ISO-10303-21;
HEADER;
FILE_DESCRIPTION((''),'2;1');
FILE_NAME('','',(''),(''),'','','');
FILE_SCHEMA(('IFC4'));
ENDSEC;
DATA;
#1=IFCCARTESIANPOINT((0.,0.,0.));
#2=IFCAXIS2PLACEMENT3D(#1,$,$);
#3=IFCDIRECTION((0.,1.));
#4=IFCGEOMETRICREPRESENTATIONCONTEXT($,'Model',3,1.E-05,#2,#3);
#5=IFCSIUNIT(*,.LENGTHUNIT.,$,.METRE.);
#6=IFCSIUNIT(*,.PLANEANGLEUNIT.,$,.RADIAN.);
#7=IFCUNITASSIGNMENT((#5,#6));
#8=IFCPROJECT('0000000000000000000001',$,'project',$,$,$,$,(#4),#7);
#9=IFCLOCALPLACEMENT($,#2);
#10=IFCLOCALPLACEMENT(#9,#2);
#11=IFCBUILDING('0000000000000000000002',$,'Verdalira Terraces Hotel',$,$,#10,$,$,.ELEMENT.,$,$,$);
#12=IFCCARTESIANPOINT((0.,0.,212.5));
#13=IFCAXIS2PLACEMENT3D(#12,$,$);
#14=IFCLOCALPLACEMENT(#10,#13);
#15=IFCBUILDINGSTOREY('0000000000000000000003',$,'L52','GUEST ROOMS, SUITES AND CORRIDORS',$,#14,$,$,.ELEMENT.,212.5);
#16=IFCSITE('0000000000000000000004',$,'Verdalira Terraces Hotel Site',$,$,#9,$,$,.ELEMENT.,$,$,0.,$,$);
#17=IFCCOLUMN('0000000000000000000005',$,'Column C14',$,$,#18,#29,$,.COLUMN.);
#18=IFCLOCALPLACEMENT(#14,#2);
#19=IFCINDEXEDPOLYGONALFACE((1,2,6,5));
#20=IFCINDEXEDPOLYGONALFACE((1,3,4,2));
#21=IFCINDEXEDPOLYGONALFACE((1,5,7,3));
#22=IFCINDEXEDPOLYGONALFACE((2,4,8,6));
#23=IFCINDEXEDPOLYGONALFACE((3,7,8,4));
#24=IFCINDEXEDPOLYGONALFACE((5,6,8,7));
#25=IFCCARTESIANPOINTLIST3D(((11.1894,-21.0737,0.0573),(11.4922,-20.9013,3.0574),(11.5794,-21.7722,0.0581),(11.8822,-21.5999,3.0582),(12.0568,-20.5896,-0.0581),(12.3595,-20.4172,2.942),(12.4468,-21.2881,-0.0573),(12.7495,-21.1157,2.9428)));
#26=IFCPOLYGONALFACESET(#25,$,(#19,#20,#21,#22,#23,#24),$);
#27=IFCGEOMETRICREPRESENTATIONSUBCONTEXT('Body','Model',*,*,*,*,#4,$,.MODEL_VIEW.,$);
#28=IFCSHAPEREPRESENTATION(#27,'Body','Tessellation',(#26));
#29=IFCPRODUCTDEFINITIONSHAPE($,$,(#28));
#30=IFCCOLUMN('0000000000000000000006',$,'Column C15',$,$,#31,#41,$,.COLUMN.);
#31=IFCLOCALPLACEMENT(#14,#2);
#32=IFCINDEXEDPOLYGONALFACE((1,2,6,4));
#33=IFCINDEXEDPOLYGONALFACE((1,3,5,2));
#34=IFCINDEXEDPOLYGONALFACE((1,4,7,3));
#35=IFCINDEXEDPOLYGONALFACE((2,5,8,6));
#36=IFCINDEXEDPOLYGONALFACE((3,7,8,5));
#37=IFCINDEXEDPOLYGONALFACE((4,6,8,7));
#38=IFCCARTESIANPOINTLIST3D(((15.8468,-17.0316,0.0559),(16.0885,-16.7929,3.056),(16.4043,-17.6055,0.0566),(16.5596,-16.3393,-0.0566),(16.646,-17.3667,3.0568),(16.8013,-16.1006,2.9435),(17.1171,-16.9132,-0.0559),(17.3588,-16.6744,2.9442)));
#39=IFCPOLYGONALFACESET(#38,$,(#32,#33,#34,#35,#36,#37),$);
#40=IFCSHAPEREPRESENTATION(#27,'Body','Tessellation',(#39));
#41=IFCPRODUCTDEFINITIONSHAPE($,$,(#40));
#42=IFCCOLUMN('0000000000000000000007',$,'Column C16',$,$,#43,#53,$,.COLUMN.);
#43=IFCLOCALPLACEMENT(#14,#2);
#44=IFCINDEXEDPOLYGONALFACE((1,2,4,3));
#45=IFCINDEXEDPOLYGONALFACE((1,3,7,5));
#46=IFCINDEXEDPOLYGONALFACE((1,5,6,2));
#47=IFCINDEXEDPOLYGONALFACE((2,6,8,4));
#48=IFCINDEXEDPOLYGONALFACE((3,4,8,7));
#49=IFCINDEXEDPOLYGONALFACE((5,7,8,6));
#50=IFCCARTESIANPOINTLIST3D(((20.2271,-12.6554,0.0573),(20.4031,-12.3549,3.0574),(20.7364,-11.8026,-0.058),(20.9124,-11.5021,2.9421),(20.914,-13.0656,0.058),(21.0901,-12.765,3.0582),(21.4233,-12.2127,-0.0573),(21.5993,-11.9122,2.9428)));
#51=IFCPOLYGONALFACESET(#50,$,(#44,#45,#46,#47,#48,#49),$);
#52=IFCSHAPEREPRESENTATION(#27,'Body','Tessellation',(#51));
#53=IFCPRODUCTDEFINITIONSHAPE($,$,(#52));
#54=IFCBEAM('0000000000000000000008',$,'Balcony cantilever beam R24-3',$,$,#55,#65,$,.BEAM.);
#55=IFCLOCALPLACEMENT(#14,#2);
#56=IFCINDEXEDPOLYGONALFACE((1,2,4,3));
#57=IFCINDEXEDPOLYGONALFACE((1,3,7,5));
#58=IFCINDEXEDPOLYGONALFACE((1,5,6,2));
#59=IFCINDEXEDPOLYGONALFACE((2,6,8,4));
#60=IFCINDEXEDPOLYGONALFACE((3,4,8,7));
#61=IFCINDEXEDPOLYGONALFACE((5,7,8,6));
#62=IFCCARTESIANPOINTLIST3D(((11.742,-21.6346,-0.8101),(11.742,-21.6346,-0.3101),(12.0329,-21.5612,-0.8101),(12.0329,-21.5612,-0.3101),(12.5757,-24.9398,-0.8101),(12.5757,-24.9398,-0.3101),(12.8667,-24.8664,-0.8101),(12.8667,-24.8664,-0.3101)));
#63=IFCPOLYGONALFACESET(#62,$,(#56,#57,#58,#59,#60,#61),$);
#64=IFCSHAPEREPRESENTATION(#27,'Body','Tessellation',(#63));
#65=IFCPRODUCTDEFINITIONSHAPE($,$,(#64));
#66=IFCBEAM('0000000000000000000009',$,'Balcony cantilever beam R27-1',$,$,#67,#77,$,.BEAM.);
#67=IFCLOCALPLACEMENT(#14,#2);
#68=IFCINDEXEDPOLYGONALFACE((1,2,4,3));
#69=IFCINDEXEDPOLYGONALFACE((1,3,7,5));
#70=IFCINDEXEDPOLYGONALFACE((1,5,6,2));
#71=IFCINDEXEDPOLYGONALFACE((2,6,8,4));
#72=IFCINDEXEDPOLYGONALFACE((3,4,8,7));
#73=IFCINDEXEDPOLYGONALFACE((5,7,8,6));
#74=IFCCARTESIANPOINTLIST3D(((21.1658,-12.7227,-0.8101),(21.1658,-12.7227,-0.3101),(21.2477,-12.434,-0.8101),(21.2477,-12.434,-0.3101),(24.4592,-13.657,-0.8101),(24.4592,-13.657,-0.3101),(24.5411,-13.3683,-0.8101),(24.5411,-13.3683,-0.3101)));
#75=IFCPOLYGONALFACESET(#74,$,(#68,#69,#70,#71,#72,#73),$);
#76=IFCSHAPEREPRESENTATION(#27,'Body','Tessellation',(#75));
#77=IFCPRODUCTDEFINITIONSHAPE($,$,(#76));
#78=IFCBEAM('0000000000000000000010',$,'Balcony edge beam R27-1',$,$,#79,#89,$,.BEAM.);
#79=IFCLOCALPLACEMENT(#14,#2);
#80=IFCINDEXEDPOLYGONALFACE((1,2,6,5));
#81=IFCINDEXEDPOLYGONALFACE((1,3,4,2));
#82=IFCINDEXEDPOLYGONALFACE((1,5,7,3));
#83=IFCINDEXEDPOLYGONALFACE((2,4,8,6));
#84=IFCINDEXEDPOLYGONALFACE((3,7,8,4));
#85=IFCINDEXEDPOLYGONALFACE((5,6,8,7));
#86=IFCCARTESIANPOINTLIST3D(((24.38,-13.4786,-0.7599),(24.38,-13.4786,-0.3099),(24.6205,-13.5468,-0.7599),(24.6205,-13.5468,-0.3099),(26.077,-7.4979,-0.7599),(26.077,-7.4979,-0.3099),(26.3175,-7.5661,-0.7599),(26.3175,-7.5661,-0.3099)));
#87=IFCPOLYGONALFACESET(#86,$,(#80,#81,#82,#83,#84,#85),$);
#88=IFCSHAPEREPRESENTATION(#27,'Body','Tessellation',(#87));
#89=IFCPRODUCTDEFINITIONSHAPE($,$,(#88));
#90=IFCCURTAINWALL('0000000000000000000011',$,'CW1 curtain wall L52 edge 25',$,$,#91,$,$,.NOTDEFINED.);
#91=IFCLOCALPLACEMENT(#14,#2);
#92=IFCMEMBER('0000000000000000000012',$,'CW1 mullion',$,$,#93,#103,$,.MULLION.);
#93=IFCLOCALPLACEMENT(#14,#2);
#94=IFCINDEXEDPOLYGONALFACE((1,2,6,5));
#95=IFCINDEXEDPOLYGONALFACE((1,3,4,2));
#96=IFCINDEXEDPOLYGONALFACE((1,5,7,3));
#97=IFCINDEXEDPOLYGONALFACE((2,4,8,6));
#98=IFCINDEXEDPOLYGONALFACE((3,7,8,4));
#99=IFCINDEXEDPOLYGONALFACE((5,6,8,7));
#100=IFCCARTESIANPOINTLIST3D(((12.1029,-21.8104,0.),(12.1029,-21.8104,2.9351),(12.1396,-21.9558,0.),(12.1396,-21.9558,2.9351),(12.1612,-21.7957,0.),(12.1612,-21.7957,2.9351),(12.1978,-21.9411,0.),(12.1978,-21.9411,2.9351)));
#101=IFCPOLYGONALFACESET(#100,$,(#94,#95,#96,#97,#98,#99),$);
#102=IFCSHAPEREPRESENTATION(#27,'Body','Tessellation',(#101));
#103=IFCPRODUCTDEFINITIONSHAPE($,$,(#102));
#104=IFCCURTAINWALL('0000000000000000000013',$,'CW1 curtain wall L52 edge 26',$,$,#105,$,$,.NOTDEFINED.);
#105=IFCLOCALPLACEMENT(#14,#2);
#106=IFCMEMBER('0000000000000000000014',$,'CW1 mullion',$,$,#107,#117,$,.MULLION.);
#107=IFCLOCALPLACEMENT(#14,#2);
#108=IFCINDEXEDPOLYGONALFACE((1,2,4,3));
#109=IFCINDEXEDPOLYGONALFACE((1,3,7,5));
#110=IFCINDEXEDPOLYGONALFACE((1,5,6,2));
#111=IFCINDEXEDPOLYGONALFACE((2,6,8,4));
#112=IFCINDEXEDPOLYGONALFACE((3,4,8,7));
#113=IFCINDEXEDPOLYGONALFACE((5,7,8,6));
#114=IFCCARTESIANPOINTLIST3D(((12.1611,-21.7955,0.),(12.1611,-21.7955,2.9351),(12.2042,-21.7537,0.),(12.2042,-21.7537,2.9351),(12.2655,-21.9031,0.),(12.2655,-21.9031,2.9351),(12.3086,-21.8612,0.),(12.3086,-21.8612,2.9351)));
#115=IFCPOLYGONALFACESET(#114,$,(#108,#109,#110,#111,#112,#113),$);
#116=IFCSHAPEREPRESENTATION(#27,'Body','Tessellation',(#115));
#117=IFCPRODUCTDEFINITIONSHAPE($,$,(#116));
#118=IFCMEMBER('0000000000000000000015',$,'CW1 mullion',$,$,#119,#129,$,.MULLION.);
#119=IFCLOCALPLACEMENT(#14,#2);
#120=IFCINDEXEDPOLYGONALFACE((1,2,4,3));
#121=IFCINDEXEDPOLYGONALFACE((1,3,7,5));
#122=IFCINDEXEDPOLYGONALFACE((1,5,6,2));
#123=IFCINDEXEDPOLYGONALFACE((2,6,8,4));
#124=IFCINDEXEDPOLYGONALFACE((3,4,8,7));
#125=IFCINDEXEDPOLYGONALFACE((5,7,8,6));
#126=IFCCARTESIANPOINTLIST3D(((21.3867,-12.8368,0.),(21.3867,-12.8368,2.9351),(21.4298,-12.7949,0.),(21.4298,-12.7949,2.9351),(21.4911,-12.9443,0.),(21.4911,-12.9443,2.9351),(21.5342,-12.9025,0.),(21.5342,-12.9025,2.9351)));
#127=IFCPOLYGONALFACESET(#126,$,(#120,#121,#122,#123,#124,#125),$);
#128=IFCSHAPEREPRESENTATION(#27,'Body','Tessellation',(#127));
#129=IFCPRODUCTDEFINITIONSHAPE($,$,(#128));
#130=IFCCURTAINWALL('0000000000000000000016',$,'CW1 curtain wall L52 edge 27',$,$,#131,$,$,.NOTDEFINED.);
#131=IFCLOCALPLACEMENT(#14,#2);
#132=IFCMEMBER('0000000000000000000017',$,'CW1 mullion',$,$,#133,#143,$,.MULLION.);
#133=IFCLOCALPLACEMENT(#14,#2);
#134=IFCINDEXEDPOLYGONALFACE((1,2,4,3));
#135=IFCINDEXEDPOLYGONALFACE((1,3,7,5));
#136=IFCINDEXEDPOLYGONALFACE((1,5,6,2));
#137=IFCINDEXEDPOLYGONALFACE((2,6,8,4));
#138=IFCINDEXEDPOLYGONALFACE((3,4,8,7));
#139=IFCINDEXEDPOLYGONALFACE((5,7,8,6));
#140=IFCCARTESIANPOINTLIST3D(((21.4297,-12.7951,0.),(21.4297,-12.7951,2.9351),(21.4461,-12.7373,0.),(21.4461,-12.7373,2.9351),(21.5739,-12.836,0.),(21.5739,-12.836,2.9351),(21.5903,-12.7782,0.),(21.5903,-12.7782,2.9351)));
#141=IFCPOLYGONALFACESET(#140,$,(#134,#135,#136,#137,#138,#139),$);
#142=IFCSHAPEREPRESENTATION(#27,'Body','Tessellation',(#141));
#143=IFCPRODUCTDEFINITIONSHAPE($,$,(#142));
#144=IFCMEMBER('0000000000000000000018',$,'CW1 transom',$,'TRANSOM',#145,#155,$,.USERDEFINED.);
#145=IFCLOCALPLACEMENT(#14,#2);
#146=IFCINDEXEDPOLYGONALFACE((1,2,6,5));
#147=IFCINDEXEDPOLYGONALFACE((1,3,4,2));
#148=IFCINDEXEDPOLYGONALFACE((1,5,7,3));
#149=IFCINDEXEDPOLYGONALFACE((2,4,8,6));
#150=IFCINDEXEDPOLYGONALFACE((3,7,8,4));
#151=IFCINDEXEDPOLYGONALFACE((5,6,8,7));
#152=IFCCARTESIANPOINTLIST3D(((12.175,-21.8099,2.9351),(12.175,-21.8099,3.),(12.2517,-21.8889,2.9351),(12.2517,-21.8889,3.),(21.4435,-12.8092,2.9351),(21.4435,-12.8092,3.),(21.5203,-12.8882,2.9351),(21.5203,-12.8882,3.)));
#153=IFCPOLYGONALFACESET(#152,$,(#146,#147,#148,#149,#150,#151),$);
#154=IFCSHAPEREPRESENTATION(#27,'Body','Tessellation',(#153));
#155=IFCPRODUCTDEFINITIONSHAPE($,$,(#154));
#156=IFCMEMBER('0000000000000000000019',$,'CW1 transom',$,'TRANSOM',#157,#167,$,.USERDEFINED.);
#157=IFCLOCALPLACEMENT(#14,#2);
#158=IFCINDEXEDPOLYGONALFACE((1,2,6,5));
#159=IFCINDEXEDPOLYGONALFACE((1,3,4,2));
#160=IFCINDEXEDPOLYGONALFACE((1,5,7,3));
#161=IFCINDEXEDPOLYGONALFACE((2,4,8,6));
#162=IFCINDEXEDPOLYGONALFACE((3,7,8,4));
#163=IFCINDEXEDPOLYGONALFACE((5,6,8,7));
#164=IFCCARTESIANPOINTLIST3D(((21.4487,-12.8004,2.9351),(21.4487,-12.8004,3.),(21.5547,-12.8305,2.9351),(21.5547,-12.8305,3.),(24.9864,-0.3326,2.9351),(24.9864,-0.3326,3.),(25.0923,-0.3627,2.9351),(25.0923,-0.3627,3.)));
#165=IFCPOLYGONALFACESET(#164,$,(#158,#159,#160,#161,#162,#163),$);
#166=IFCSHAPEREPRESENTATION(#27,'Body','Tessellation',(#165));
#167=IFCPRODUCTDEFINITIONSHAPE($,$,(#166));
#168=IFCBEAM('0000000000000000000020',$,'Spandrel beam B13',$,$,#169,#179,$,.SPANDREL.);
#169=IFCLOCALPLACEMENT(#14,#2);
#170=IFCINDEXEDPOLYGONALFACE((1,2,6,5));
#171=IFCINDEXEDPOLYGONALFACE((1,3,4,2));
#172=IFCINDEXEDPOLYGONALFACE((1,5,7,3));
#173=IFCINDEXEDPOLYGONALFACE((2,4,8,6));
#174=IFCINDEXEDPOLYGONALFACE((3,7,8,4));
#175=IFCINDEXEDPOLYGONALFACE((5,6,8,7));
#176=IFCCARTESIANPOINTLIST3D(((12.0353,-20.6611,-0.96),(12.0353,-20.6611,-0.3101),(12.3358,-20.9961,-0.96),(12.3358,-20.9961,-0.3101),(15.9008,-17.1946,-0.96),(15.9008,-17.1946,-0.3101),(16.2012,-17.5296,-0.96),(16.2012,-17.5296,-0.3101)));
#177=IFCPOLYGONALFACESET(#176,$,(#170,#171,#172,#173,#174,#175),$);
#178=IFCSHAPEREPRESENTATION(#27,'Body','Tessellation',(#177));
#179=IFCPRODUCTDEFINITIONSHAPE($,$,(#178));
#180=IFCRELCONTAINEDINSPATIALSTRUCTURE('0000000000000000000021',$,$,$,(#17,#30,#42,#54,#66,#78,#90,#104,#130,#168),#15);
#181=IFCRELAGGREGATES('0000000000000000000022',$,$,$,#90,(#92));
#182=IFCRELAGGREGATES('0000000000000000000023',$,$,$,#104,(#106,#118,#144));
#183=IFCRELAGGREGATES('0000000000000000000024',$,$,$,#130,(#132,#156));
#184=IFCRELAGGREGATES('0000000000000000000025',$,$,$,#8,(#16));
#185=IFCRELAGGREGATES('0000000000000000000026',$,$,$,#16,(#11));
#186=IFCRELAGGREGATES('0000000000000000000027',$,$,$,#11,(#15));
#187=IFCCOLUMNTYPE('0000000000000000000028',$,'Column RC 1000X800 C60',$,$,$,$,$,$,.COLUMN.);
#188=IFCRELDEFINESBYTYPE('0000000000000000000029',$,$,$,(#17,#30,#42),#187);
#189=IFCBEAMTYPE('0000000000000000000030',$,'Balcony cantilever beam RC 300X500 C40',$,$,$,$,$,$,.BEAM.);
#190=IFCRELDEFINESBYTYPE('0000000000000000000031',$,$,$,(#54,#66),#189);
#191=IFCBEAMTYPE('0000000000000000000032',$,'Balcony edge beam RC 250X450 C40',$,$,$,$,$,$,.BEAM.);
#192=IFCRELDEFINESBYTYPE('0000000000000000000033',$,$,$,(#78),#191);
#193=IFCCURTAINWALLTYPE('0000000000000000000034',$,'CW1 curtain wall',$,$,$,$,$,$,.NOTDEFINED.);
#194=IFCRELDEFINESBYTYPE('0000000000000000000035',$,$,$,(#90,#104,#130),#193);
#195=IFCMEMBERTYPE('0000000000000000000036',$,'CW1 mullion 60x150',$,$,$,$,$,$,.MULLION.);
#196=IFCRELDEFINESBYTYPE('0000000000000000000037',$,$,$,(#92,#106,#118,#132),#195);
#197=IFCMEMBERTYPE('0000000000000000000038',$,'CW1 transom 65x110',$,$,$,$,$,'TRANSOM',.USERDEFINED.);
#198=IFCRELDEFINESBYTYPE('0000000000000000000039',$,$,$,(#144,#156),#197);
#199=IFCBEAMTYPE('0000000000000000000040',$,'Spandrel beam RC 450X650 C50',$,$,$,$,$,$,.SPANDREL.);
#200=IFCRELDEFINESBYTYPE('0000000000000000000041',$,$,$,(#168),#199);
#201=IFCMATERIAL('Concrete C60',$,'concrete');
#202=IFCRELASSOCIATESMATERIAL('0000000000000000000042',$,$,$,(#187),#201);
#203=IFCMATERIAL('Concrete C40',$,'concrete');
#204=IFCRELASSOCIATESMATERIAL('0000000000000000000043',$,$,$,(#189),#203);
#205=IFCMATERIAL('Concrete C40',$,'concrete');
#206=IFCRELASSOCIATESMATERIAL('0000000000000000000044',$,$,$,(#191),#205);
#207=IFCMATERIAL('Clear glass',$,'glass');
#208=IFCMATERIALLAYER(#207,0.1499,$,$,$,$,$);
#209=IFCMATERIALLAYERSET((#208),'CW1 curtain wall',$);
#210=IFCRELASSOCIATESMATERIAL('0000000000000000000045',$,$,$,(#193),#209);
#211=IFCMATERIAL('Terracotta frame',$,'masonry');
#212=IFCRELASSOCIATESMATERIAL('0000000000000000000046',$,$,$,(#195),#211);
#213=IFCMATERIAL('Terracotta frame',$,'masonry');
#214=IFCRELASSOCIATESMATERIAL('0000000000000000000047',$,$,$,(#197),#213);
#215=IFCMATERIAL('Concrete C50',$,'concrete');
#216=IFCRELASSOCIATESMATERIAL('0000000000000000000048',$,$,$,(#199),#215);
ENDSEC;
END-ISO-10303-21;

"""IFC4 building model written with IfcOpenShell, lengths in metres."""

from ifc_helpers import new_model, si_unit, direction, frame, origin, origin_2d, place, context, subcontext, project, spatial, rectangle, extrude, material, layer, layer_set, material_profile, profile_set, type_object, element, aggregate, save


model = new_model("IFC4")

# Units and contexts
model_context = context("Model", 3, precision=1e-05, world=origin(), true_north=direction((0.0, 1.0)))
body_context = subcontext(model_context, "Body", "Model", "MODEL_VIEW")
ifc_project = project(units=[si_unit("LENGTHUNIT", "METRE"), si_unit("PLANEANGLEUNIT", "RADIAN")], contexts=[model_context])

# Site, building, storey
site_placement = place(None, origin())
site = spatial("IfcSite", under=ifc_project, at=site_placement, Name="Verdalira Terraces Hotel Site", CompositionType="ELEMENT", RefElevation=0.0)
building_placement = place(site_placement, origin())
building = spatial("IfcBuilding", under=site, at=building_placement, Name="Verdalira Terraces Hotel", CompositionType="ELEMENT")
storey_placement = place(building_placement, frame((0.0, 0.0, 212.5)))
storey = spatial("IfcBuildingStorey", under=building, at=storey_placement, Name="L52", Description="GUEST ROOMS, SUITES AND CORRIDORS", CompositionType="ELEMENT", Elevation=212.5)

# Columns
ifc_material_1 = material(Name="Concrete C60", Category="concrete")
ifc_material_profile_1 = material_profile(ifc_material_1, rectangle(XDim=1.0, YDim=0.8, at=origin_2d()), Name="RC 1000X800")
ifc_profile_set_1 = profile_set([ifc_material_profile_1], Name="Concrete C60")
column_type = type_object("IfcColumnType", Name="Column RC 1000X800 C60", PredefinedType="COLUMN", material=ifc_profile_set_1)
column_1_placement = place(storey_placement, frame((11.8181, -21.1809, 0.0), z_axis=(0.100238, 0.057071, 0.993325), x_axis=(-0.86736, -0.484131, 0.115342)))
element("IfcColumn", 1, at=column_1_placement, inside=storey, type_object=column_type, Name="Column C14", PredefinedType="COLUMN", context=body_context, shape_type="SweptSolid", body=[
    extrude(rectangle(XDim=1.0, YDim=0.8, at=origin_2d()), origin(), (0.0, 0.0, 1.0), 3.0203),
])
column_2_placement = place(storey_placement, frame((16.4819, -16.9724, 0.0), z_axis=(0.080055, 0.079084, 0.993648), x_axis=(0.712787, 0.692295, -0.112526)))
element("IfcColumn", 2, at=column_2_placement, inside=storey, type_object=column_type, Name="Column C15", PredefinedType="COLUMN", context=body_context, shape_type="SweptSolid", body=[
    extrude(rectangle(XDim=1.0, YDim=0.8, at=origin_2d()), origin(), (0.0, 0.0, 1.0), 3.0193),
])
column_3_placement = place(storey_placement, frame((20.8252, -12.4341, 0.0), z_axis=(0.058284, 0.099511, 0.993328), x_axis=(-0.509283, -0.852838, 0.115319)))
element("IfcColumn", 3, at=column_3_placement, inside=storey, type_object=column_type, Name="Column C16", PredefinedType="COLUMN", context=body_context, shape_type="SweptSolid", body=[
    extrude(rectangle(XDim=1.0, YDim=0.8, at=origin_2d()), origin(), (0.0, 0.0, 1.0), 3.0203),
])

# Beams
ifc_material_2 = material(Name="Concrete C40", Category="concrete")
ifc_material_profile_2 = material_profile(ifc_material_2, rectangle(XDim=0.3, YDim=0.5, at=origin_2d()), Name="RC 300X500")
ifc_profile_set_2 = profile_set([ifc_material_profile_2], Name="Concrete C40")
beam_type_1 = type_object("IfcBeamType", Name="Balcony cantilever beam RC 300X500 C40", PredefinedType="BEAM", material=ifc_profile_set_2)
beam_1_placement = place(storey_placement, frame((11.8875, -21.5979, -0.5601), z_axis=(0.244591, -0.969626, 0.0), x_axis=(0.969626, 0.244591, 0.0)))
element("IfcBeam", 4, at=beam_1_placement, inside=storey, type_object=beam_type_1, Name="Balcony cantilever beam R24-3", PredefinedType="BEAM", context=body_context, shape_type="SweptSolid", body=[
    extrude(rectangle(XDim=0.3, YDim=0.5, at=origin_2d()), origin(), (0.0, 0.0, 1.0), 3.4087),
])
beam_2_placement = place(storey_placement, frame((21.2068, -12.5784, -0.5601), z_axis=(0.962036, -0.272922, 0.0), x_axis=(0.272922, 0.962036, 0.0)))
element("IfcBeam", 5, at=beam_2_placement, inside=storey, type_object=beam_type_1, Name="Balcony cantilever beam R27-1", PredefinedType="BEAM", context=body_context, shape_type="SweptSolid", body=[
    extrude(rectangle(XDim=0.3, YDim=0.5, at=origin_2d()), origin(), (0.0, 0.0, 1.0), 3.4233),
])
ifc_material_3 = material(Name="Concrete C40", Category="concrete")
ifc_material_profile_3 = material_profile(ifc_material_3, rectangle(XDim=0.25, YDim=0.45, at=origin_2d()), Name="RC 250X450")
ifc_profile_set_3 = profile_set([ifc_material_profile_3], Name="Concrete C40")
beam_type_2 = type_object("IfcBeamType", Name="Balcony edge beam RC 250X450 C40", PredefinedType="BEAM", material=ifc_profile_set_3)
beam_3_placement = place(storey_placement, frame((24.5002, -13.5127, -0.5349), z_axis=(0.272973, 0.962022, 0.0), x_axis=(-0.962022, 0.272973, 0.0)))
element("IfcBeam", 6, at=beam_3_placement, inside=storey, type_object=beam_type_2, Name="Balcony edge beam R27-1", PredefinedType="BEAM", context=body_context, shape_type="SweptSolid", body=[
    extrude(rectangle(XDim=0.25, YDim=0.45, at=origin_2d()), origin(), (0.0, 0.0, 1.0), 6.2168),
])

# Curtain wall, member
ifc_material_4 = material(Name="Clear glass", Category="glass")
ifc_layer_1 = layer(ifc_material_4, 0.1499)
ifc_layer_set_1 = layer_set([ifc_layer_1], Name="CW1 curtain wall")
curtain_wall_type = type_object("IfcCurtainWallType", Name="CW1 curtain wall", PredefinedType="NOTDEFINED", material=ifc_layer_set_1)
curtain_wall_1_placement = place(storey_placement, origin())
curtain_wall_1 = element("IfcCurtainWall", 7, at=curtain_wall_1_placement, inside=storey, type_object=curtain_wall_type, Name="CW1 curtain wall L52 edge 25", PredefinedType="NOTDEFINED")
ifc_material_5 = material(Name="Terracotta frame", Category="masonry")
ifc_material_profile_4 = material_profile(ifc_material_5, rectangle(XDim=0.0601, YDim=0.1499, at=origin_2d()), Name="MU 60x150")
ifc_profile_set_4 = profile_set([ifc_material_profile_4], Name="Terracotta frame")
member_type_1 = type_object("IfcMemberType", Name="CW1 mullion 60x150", PredefinedType="MULLION", material=ifc_profile_set_4)
member_1_placement = place(storey_placement, frame((12.1504, -21.8757, 0.0), z_axis=(0.0, 0.0, 1.0), x_axis=(0.969616, 0.244631, 0.0)))
member_1 = element("IfcMember", 8, at=member_1_placement, type_object=member_type_1, Name="CW1 mullion", PredefinedType="MULLION", context=body_context, shape_type="SweptSolid", body=[
    extrude(rectangle(XDim=0.0601, YDim=0.1499, at=origin_2d()), origin(), (0.0, 0.0, 1.0), 2.9351),
])

# Curtain wall, members
curtain_wall_2_placement = place(storey_placement, origin())
curtain_wall_2 = element("IfcCurtainWall", 9, at=curtain_wall_2_placement, inside=storey, type_object=curtain_wall_type, Name="CW1 curtain wall L52 edge 26", PredefinedType="NOTDEFINED")
member_2_placement = place(storey_placement, frame((12.2349, -21.8284, 0.0), z_axis=(0.0, 0.0, 1.0), x_axis=(0.717397, 0.696664, 0.0)))
member_2 = element("IfcMember", 10, at=member_2_placement, type_object=member_type_1, Name="CW1 mullion", PredefinedType="MULLION", context=body_context, shape_type="SweptSolid", body=[
    extrude(rectangle(XDim=0.0601, YDim=0.1499, at=origin_2d()), origin(), (0.0, 0.0, 1.0), 2.9351),
])
member_3_placement = place(storey_placement, frame((21.4604, -12.8696, 0.0), z_axis=(0.0, 0.0, 1.0), x_axis=(0.717397, 0.696664, 0.0)))
member_3 = element("IfcMember", 11, at=member_3_placement, type_object=member_type_1, Name="CW1 mullion", PredefinedType="MULLION", context=body_context, shape_type="SweptSolid", body=[
    extrude(rectangle(XDim=0.0601, YDim=0.1499, at=origin_2d()), origin(), (0.0, 0.0, 1.0), 2.9351),
])

# Curtain wall, member
curtain_wall_3_placement = place(storey_placement, origin())
curtain_wall_3 = element("IfcCurtainWall", 12, at=curtain_wall_3_placement, inside=storey, type_object=curtain_wall_type, Name="CW1 curtain wall L52 edge 27", PredefinedType="NOTDEFINED")
member_4_placement = place(storey_placement, frame((21.51, -12.7866, 0.0), z_axis=(0.0, 0.0, 1.0), x_axis=(0.272952, 0.962028, 0.0)))
member_4 = element("IfcMember", 13, at=member_4_placement, type_object=member_type_1, Name="CW1 mullion", PredefinedType="MULLION", context=body_context, shape_type="SweptSolid", body=[
    extrude(rectangle(XDim=0.0601, YDim=0.1499, at=origin_2d()), origin(), (0.0, 0.0, 1.0), 2.9351),
])

# Members
ifc_material_6 = material(Name="Terracotta frame", Category="masonry")
ifc_material_profile_5 = material_profile(ifc_material_6, rectangle(XDim=0.1101, YDim=0.0649, at=origin_2d()), Name="TR 65x110")
ifc_profile_set_5 = profile_set([ifc_material_profile_5], Name="Terracotta frame")
member_type_2 = type_object("IfcMemberType", Name="CW1 transom 65x110", ElementType="TRANSOM", PredefinedType="USERDEFINED", material=ifc_profile_set_5)
member_5_placement = place(storey_placement, frame((12.2134, -21.8494, 2.9675), z_axis=(0.717396, 0.696666, 0.0), x_axis=(-0.696666, 0.717396, 0.0)))
member_5 = element("IfcMember", 14, at=member_5_placement, type_object=member_type_2, Name="CW1 transom", ObjectType="TRANSOM", PredefinedType="USERDEFINED", context=body_context, shape_type="SweptSolid", body=[
    extrude(rectangle(XDim=0.1101, YDim=0.0649, at=origin_2d()), origin(), (0.0, 0.0, 1.0), 12.9197),
])
member_6_placement = place(storey_placement, frame((21.5017, -12.8154, 2.9675), z_axis=(0.272964, 0.962024, 0.0), x_axis=(-0.962024, 0.272964, 0.0)))
member_6 = element("IfcMember", 15, at=member_6_placement, type_object=member_type_2, Name="CW1 transom", ObjectType="TRANSOM", PredefinedType="USERDEFINED", context=body_context, shape_type="SweptSolid", body=[
    extrude(rectangle(XDim=0.1101, YDim=0.0649, at=origin_2d()), origin(), (0.0, 0.0, 1.0), 12.96),
])

# Beam
ifc_material_7 = material(Name="Concrete C50", Category="concrete")
ifc_material_profile_6 = material_profile(ifc_material_7, rectangle(XDim=0.45, YDim=0.6499, at=origin_2d()), Name="RC 450X650")
ifc_profile_set_6 = profile_set([ifc_material_profile_6], Name="Concrete C50")
beam_type_3 = type_object("IfcBeamType", Name="Spandrel beam RC 450X650 C50", PredefinedType="SPANDREL", material=ifc_profile_set_6)
beam_4_placement = place(storey_placement, frame((12.1855, -20.8286, -0.635), z_axis=(0.744478, 0.667647, 0.0), x_axis=(-0.667647, 0.744478, 0.0)))
element("IfcBeam", 16, at=beam_4_placement, inside=storey, type_object=beam_type_3, Name="Spandrel beam B13", PredefinedType="SPANDREL", context=body_context, shape_type="SweptSolid", body=[
    extrude(rectangle(XDim=0.45, YDim=0.6499, at=origin_2d()), origin(), (0.0, 0.0, 1.0), 5.1921),
])

aggregate(curtain_wall_1, [member_1])
aggregate(curtain_wall_2, [member_2, member_3, member_5])
aggregate(curtain_wall_3, [member_4, member_6])

save(model, "model.ifc")
